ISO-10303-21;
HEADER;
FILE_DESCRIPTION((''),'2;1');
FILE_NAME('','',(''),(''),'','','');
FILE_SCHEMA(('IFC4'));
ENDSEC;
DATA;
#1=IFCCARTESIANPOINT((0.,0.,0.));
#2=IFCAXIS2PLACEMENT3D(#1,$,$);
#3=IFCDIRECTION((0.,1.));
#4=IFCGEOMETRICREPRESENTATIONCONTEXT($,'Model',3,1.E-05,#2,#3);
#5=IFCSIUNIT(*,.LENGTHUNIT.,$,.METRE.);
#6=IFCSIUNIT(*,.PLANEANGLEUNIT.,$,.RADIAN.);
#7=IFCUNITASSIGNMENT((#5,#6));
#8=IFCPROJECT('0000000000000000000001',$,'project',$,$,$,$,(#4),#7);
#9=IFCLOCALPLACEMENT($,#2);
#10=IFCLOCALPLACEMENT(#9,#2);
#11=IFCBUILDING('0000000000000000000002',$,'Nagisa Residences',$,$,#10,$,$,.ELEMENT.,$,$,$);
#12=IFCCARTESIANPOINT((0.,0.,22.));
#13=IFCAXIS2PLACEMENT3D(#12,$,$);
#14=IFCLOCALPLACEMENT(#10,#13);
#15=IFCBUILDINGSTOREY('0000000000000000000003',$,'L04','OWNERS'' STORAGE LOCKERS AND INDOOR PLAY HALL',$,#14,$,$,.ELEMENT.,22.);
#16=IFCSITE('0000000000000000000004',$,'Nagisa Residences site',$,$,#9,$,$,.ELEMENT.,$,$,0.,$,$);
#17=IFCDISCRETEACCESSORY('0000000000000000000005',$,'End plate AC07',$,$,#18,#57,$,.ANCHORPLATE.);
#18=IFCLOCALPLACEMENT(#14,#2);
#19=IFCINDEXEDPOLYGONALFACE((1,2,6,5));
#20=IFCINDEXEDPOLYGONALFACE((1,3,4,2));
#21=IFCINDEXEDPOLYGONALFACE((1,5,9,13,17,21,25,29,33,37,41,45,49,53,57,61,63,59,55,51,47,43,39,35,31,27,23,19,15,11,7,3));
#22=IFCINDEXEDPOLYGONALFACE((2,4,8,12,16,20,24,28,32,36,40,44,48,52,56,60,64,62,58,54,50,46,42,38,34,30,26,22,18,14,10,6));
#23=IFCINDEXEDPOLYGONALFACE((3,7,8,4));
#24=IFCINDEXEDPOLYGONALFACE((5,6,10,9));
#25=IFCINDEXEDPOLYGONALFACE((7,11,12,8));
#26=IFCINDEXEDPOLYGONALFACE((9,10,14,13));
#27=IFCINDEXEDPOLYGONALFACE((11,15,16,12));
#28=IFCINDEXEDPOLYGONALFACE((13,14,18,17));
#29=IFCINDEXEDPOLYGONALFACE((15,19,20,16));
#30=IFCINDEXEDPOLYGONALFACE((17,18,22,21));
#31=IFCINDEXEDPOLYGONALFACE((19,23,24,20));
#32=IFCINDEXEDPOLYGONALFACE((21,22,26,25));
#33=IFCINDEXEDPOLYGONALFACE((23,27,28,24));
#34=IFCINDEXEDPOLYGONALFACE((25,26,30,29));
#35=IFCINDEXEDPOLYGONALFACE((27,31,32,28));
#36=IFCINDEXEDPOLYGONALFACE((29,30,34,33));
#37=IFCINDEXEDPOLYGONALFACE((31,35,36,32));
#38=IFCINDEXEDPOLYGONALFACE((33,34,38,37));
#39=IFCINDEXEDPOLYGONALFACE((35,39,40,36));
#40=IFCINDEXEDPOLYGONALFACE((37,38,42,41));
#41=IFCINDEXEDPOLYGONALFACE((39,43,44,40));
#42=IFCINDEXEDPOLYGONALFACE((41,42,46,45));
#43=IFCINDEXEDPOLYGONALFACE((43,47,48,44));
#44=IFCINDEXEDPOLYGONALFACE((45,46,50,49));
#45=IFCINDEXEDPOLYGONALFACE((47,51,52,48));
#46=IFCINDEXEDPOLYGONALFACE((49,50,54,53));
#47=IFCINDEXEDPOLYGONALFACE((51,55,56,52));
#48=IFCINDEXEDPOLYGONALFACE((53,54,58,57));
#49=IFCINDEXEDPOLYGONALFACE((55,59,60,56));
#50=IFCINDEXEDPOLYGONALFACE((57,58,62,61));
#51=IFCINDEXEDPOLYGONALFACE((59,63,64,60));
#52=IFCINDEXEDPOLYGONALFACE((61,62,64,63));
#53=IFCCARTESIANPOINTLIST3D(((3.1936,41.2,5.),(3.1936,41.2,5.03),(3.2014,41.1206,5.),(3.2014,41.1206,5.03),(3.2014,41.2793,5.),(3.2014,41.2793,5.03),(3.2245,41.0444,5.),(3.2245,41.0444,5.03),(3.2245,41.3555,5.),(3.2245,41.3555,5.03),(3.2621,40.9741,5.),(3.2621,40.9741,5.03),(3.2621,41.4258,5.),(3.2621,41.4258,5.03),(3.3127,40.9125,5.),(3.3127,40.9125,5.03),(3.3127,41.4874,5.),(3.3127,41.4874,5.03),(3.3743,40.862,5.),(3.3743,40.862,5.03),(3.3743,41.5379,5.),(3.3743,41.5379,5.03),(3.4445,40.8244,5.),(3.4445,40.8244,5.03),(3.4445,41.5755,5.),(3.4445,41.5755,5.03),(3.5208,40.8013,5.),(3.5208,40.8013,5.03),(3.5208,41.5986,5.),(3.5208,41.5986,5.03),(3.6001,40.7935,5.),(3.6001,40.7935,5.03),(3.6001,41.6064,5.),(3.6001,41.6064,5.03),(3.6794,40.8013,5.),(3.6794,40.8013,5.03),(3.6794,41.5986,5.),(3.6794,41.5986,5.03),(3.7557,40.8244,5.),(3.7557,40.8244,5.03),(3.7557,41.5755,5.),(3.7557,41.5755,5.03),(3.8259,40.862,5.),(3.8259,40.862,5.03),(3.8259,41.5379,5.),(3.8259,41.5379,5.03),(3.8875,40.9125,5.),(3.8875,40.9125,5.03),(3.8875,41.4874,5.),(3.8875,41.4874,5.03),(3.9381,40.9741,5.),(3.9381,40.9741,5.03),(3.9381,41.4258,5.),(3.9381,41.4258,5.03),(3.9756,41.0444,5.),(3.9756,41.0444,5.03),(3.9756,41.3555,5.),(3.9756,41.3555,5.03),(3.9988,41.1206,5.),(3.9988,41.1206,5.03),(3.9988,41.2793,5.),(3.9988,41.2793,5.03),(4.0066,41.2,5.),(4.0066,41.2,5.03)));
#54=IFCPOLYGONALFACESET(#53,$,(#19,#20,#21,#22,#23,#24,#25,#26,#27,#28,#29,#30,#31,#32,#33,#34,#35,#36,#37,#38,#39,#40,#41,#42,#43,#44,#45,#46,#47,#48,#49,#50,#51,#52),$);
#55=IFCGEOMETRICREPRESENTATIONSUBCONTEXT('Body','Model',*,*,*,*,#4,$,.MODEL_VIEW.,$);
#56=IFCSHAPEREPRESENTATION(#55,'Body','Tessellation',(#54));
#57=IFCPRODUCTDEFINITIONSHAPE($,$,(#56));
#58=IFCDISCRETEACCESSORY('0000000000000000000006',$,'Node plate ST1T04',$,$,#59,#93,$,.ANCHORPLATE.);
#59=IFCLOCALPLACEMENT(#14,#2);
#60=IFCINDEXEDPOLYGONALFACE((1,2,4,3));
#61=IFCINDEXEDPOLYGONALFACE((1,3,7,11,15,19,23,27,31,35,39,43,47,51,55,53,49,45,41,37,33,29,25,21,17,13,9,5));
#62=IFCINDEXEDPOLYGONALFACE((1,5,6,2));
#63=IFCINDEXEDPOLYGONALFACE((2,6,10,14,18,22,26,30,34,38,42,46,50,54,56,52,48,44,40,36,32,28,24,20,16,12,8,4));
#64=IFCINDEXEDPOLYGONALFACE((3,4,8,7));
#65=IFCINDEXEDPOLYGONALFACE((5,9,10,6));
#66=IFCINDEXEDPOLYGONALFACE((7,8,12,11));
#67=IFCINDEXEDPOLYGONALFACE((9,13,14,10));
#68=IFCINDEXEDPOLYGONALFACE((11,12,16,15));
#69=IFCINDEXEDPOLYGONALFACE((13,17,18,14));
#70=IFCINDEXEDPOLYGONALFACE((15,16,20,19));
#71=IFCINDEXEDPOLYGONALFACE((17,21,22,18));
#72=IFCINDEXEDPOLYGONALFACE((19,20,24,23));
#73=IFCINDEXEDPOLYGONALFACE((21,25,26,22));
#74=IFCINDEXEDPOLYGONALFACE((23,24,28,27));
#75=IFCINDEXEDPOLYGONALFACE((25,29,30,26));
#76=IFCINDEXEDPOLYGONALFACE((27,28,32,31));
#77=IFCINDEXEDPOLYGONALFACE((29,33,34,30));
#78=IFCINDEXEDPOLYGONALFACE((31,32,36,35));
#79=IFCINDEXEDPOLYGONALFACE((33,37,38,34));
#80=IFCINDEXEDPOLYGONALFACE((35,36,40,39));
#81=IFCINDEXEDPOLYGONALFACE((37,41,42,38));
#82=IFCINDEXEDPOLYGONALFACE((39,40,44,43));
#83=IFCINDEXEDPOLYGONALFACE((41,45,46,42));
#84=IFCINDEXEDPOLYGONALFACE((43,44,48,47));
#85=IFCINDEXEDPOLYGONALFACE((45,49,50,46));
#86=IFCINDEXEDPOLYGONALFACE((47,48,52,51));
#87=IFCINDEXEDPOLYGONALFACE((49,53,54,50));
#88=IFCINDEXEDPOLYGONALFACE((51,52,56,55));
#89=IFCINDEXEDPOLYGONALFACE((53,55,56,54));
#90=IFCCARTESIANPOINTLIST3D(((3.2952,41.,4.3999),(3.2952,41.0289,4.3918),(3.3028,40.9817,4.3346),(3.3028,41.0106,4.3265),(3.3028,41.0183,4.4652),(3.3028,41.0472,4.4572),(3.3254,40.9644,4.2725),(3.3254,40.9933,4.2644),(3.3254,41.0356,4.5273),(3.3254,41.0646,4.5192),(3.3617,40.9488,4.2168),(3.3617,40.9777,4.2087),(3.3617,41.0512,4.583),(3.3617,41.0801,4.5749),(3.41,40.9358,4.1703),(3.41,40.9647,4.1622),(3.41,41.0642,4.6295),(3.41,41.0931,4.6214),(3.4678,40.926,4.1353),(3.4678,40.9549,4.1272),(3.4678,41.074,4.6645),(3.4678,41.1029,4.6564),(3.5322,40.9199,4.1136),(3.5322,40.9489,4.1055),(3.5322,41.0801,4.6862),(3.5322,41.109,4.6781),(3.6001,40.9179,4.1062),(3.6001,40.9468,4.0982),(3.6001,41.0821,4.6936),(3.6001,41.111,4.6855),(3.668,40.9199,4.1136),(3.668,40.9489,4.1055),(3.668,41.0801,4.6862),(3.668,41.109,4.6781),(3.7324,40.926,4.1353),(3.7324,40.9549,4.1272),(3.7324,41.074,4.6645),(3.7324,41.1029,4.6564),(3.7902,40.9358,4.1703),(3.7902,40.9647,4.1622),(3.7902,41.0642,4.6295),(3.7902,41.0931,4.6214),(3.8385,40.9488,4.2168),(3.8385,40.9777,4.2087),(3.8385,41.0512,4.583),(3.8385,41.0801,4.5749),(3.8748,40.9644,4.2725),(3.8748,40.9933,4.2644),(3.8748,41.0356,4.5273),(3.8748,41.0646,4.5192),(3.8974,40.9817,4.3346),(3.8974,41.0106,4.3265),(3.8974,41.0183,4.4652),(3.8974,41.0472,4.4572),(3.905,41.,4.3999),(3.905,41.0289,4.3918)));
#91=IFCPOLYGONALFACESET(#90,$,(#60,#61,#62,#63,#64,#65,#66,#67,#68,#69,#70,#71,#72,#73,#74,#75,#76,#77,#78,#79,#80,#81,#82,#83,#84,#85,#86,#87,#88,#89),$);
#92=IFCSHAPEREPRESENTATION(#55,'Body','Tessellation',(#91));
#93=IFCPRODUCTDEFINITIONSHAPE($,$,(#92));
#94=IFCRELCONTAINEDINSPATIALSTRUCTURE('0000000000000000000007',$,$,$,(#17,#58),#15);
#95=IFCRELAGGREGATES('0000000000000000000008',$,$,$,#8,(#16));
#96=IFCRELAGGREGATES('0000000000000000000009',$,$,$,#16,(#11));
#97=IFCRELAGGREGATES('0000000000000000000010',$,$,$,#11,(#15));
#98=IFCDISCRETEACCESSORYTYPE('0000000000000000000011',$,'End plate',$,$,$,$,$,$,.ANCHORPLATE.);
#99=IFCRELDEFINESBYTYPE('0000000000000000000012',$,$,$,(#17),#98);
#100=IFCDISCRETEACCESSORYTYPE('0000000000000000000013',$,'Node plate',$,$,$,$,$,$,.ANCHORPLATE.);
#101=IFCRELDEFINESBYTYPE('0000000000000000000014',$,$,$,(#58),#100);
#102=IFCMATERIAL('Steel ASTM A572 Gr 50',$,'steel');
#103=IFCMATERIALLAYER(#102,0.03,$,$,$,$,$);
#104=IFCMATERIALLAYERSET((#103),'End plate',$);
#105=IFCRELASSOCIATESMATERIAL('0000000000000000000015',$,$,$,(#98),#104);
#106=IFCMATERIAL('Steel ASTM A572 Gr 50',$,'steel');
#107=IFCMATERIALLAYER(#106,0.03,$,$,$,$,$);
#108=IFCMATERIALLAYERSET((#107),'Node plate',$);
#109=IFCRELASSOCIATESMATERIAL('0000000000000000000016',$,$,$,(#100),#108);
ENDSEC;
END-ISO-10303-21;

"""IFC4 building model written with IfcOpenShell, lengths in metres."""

from ifc_helpers import new_model, si_unit, direction, frame, origin, origin_2d, place, context, subcontext, project, spatial, circle, extrude, material, layer, layer_set, type_object, element, save


model = new_model("IFC4")

# Units and contexts
model_context = context("Model", 3, precision=1e-05, world=origin(), true_north=direction((0.0, 1.0)))
body_context = subcontext(model_context, "Body", "Model", "MODEL_VIEW")
ifc_project = project(units=[si_unit("LENGTHUNIT", "METRE"), si_unit("PLANEANGLEUNIT", "RADIAN")], contexts=[model_context])

# Site, building, storey
site_placement = place(None, origin())
site = spatial("IfcSite", under=ifc_project, at=site_placement, Name="Nagisa Residences site", CompositionType="ELEMENT", RefElevation=0.0)
building_placement = place(site_placement, origin())
building = spatial("IfcBuilding", under=site, at=building_placement, Name="Nagisa Residences", CompositionType="ELEMENT")
storey_placement = place(building_placement, frame((0.0, 0.0, 22.0)))
storey = spatial("IfcBuildingStorey", under=building, at=storey_placement, Name="L04", Description="OWNERS' STORAGE LOCKERS AND INDOOR PLAY HALL", CompositionType="ELEMENT", Elevation=22.0)

# Discrete accessories
ifc_material_1 = material(Name="Steel ASTM A572 Gr 50", Category="steel")
ifc_layer_1 = layer(ifc_material_1, 0.03)
ifc_layer_set_1 = layer_set([ifc_layer_1], Name="End plate")
discrete_accessory_type_1 = type_object("IfcDiscreteAccessoryType", Name="End plate", PredefinedType="ANCHORPLATE", material=ifc_layer_set_1)
for number, where, z_axis, x_axis, name in (
    (1, (3.6001, 41.2, 5.0), (0.0, 0.0, 1.0), (1.0, 0.0, 0.0), "End plate AC07"),
):
    element("IfcDiscreteAccessory", number, at=place(storey_placement, frame(where, z_axis=z_axis, x_axis=x_axis)), inside=storey, type_object=discrete_accessory_type_1, Name=name, PredefinedType="ANCHORPLATE", context=body_context, shape_type="SweptSolid", body=[
        extrude(circle(Radius=0.4065, at=origin_2d()), origin(), (0.0, 0.0, 1.0), 0.03),
    ])
ifc_material_2 = material(Name="Steel ASTM A572 Gr 50", Category="steel")
ifc_layer_2 = layer(ifc_material_2, 0.03)
ifc_layer_set_2 = layer_set([ifc_layer_2], Name="Node plate")
discrete_accessory_type_2 = type_object("IfcDiscreteAccessoryType", Name="Node plate", PredefinedType="ANCHORPLATE", material=ifc_layer_set_2)
discrete_accessory_placement = place(storey_placement, frame((3.6001, 41.0, 4.3999), z_axis=(0.0, 0.963049, -0.269327), x_axis=(-1.0, 0.0, 0.0)))
element("IfcDiscreteAccessory", 2, at=discrete_accessory_placement, inside=storey, type_object=discrete_accessory_type_2, Name="Node plate ST1T04", PredefinedType="ANCHORPLATE", context=body_context, shape_type="SweptSolid", body=[
    extrude(circle(Radius=0.3049, at=origin_2d()), origin(), (0.0, 0.0, 1.0), 0.03),
])

save(model, "model.ifc")
